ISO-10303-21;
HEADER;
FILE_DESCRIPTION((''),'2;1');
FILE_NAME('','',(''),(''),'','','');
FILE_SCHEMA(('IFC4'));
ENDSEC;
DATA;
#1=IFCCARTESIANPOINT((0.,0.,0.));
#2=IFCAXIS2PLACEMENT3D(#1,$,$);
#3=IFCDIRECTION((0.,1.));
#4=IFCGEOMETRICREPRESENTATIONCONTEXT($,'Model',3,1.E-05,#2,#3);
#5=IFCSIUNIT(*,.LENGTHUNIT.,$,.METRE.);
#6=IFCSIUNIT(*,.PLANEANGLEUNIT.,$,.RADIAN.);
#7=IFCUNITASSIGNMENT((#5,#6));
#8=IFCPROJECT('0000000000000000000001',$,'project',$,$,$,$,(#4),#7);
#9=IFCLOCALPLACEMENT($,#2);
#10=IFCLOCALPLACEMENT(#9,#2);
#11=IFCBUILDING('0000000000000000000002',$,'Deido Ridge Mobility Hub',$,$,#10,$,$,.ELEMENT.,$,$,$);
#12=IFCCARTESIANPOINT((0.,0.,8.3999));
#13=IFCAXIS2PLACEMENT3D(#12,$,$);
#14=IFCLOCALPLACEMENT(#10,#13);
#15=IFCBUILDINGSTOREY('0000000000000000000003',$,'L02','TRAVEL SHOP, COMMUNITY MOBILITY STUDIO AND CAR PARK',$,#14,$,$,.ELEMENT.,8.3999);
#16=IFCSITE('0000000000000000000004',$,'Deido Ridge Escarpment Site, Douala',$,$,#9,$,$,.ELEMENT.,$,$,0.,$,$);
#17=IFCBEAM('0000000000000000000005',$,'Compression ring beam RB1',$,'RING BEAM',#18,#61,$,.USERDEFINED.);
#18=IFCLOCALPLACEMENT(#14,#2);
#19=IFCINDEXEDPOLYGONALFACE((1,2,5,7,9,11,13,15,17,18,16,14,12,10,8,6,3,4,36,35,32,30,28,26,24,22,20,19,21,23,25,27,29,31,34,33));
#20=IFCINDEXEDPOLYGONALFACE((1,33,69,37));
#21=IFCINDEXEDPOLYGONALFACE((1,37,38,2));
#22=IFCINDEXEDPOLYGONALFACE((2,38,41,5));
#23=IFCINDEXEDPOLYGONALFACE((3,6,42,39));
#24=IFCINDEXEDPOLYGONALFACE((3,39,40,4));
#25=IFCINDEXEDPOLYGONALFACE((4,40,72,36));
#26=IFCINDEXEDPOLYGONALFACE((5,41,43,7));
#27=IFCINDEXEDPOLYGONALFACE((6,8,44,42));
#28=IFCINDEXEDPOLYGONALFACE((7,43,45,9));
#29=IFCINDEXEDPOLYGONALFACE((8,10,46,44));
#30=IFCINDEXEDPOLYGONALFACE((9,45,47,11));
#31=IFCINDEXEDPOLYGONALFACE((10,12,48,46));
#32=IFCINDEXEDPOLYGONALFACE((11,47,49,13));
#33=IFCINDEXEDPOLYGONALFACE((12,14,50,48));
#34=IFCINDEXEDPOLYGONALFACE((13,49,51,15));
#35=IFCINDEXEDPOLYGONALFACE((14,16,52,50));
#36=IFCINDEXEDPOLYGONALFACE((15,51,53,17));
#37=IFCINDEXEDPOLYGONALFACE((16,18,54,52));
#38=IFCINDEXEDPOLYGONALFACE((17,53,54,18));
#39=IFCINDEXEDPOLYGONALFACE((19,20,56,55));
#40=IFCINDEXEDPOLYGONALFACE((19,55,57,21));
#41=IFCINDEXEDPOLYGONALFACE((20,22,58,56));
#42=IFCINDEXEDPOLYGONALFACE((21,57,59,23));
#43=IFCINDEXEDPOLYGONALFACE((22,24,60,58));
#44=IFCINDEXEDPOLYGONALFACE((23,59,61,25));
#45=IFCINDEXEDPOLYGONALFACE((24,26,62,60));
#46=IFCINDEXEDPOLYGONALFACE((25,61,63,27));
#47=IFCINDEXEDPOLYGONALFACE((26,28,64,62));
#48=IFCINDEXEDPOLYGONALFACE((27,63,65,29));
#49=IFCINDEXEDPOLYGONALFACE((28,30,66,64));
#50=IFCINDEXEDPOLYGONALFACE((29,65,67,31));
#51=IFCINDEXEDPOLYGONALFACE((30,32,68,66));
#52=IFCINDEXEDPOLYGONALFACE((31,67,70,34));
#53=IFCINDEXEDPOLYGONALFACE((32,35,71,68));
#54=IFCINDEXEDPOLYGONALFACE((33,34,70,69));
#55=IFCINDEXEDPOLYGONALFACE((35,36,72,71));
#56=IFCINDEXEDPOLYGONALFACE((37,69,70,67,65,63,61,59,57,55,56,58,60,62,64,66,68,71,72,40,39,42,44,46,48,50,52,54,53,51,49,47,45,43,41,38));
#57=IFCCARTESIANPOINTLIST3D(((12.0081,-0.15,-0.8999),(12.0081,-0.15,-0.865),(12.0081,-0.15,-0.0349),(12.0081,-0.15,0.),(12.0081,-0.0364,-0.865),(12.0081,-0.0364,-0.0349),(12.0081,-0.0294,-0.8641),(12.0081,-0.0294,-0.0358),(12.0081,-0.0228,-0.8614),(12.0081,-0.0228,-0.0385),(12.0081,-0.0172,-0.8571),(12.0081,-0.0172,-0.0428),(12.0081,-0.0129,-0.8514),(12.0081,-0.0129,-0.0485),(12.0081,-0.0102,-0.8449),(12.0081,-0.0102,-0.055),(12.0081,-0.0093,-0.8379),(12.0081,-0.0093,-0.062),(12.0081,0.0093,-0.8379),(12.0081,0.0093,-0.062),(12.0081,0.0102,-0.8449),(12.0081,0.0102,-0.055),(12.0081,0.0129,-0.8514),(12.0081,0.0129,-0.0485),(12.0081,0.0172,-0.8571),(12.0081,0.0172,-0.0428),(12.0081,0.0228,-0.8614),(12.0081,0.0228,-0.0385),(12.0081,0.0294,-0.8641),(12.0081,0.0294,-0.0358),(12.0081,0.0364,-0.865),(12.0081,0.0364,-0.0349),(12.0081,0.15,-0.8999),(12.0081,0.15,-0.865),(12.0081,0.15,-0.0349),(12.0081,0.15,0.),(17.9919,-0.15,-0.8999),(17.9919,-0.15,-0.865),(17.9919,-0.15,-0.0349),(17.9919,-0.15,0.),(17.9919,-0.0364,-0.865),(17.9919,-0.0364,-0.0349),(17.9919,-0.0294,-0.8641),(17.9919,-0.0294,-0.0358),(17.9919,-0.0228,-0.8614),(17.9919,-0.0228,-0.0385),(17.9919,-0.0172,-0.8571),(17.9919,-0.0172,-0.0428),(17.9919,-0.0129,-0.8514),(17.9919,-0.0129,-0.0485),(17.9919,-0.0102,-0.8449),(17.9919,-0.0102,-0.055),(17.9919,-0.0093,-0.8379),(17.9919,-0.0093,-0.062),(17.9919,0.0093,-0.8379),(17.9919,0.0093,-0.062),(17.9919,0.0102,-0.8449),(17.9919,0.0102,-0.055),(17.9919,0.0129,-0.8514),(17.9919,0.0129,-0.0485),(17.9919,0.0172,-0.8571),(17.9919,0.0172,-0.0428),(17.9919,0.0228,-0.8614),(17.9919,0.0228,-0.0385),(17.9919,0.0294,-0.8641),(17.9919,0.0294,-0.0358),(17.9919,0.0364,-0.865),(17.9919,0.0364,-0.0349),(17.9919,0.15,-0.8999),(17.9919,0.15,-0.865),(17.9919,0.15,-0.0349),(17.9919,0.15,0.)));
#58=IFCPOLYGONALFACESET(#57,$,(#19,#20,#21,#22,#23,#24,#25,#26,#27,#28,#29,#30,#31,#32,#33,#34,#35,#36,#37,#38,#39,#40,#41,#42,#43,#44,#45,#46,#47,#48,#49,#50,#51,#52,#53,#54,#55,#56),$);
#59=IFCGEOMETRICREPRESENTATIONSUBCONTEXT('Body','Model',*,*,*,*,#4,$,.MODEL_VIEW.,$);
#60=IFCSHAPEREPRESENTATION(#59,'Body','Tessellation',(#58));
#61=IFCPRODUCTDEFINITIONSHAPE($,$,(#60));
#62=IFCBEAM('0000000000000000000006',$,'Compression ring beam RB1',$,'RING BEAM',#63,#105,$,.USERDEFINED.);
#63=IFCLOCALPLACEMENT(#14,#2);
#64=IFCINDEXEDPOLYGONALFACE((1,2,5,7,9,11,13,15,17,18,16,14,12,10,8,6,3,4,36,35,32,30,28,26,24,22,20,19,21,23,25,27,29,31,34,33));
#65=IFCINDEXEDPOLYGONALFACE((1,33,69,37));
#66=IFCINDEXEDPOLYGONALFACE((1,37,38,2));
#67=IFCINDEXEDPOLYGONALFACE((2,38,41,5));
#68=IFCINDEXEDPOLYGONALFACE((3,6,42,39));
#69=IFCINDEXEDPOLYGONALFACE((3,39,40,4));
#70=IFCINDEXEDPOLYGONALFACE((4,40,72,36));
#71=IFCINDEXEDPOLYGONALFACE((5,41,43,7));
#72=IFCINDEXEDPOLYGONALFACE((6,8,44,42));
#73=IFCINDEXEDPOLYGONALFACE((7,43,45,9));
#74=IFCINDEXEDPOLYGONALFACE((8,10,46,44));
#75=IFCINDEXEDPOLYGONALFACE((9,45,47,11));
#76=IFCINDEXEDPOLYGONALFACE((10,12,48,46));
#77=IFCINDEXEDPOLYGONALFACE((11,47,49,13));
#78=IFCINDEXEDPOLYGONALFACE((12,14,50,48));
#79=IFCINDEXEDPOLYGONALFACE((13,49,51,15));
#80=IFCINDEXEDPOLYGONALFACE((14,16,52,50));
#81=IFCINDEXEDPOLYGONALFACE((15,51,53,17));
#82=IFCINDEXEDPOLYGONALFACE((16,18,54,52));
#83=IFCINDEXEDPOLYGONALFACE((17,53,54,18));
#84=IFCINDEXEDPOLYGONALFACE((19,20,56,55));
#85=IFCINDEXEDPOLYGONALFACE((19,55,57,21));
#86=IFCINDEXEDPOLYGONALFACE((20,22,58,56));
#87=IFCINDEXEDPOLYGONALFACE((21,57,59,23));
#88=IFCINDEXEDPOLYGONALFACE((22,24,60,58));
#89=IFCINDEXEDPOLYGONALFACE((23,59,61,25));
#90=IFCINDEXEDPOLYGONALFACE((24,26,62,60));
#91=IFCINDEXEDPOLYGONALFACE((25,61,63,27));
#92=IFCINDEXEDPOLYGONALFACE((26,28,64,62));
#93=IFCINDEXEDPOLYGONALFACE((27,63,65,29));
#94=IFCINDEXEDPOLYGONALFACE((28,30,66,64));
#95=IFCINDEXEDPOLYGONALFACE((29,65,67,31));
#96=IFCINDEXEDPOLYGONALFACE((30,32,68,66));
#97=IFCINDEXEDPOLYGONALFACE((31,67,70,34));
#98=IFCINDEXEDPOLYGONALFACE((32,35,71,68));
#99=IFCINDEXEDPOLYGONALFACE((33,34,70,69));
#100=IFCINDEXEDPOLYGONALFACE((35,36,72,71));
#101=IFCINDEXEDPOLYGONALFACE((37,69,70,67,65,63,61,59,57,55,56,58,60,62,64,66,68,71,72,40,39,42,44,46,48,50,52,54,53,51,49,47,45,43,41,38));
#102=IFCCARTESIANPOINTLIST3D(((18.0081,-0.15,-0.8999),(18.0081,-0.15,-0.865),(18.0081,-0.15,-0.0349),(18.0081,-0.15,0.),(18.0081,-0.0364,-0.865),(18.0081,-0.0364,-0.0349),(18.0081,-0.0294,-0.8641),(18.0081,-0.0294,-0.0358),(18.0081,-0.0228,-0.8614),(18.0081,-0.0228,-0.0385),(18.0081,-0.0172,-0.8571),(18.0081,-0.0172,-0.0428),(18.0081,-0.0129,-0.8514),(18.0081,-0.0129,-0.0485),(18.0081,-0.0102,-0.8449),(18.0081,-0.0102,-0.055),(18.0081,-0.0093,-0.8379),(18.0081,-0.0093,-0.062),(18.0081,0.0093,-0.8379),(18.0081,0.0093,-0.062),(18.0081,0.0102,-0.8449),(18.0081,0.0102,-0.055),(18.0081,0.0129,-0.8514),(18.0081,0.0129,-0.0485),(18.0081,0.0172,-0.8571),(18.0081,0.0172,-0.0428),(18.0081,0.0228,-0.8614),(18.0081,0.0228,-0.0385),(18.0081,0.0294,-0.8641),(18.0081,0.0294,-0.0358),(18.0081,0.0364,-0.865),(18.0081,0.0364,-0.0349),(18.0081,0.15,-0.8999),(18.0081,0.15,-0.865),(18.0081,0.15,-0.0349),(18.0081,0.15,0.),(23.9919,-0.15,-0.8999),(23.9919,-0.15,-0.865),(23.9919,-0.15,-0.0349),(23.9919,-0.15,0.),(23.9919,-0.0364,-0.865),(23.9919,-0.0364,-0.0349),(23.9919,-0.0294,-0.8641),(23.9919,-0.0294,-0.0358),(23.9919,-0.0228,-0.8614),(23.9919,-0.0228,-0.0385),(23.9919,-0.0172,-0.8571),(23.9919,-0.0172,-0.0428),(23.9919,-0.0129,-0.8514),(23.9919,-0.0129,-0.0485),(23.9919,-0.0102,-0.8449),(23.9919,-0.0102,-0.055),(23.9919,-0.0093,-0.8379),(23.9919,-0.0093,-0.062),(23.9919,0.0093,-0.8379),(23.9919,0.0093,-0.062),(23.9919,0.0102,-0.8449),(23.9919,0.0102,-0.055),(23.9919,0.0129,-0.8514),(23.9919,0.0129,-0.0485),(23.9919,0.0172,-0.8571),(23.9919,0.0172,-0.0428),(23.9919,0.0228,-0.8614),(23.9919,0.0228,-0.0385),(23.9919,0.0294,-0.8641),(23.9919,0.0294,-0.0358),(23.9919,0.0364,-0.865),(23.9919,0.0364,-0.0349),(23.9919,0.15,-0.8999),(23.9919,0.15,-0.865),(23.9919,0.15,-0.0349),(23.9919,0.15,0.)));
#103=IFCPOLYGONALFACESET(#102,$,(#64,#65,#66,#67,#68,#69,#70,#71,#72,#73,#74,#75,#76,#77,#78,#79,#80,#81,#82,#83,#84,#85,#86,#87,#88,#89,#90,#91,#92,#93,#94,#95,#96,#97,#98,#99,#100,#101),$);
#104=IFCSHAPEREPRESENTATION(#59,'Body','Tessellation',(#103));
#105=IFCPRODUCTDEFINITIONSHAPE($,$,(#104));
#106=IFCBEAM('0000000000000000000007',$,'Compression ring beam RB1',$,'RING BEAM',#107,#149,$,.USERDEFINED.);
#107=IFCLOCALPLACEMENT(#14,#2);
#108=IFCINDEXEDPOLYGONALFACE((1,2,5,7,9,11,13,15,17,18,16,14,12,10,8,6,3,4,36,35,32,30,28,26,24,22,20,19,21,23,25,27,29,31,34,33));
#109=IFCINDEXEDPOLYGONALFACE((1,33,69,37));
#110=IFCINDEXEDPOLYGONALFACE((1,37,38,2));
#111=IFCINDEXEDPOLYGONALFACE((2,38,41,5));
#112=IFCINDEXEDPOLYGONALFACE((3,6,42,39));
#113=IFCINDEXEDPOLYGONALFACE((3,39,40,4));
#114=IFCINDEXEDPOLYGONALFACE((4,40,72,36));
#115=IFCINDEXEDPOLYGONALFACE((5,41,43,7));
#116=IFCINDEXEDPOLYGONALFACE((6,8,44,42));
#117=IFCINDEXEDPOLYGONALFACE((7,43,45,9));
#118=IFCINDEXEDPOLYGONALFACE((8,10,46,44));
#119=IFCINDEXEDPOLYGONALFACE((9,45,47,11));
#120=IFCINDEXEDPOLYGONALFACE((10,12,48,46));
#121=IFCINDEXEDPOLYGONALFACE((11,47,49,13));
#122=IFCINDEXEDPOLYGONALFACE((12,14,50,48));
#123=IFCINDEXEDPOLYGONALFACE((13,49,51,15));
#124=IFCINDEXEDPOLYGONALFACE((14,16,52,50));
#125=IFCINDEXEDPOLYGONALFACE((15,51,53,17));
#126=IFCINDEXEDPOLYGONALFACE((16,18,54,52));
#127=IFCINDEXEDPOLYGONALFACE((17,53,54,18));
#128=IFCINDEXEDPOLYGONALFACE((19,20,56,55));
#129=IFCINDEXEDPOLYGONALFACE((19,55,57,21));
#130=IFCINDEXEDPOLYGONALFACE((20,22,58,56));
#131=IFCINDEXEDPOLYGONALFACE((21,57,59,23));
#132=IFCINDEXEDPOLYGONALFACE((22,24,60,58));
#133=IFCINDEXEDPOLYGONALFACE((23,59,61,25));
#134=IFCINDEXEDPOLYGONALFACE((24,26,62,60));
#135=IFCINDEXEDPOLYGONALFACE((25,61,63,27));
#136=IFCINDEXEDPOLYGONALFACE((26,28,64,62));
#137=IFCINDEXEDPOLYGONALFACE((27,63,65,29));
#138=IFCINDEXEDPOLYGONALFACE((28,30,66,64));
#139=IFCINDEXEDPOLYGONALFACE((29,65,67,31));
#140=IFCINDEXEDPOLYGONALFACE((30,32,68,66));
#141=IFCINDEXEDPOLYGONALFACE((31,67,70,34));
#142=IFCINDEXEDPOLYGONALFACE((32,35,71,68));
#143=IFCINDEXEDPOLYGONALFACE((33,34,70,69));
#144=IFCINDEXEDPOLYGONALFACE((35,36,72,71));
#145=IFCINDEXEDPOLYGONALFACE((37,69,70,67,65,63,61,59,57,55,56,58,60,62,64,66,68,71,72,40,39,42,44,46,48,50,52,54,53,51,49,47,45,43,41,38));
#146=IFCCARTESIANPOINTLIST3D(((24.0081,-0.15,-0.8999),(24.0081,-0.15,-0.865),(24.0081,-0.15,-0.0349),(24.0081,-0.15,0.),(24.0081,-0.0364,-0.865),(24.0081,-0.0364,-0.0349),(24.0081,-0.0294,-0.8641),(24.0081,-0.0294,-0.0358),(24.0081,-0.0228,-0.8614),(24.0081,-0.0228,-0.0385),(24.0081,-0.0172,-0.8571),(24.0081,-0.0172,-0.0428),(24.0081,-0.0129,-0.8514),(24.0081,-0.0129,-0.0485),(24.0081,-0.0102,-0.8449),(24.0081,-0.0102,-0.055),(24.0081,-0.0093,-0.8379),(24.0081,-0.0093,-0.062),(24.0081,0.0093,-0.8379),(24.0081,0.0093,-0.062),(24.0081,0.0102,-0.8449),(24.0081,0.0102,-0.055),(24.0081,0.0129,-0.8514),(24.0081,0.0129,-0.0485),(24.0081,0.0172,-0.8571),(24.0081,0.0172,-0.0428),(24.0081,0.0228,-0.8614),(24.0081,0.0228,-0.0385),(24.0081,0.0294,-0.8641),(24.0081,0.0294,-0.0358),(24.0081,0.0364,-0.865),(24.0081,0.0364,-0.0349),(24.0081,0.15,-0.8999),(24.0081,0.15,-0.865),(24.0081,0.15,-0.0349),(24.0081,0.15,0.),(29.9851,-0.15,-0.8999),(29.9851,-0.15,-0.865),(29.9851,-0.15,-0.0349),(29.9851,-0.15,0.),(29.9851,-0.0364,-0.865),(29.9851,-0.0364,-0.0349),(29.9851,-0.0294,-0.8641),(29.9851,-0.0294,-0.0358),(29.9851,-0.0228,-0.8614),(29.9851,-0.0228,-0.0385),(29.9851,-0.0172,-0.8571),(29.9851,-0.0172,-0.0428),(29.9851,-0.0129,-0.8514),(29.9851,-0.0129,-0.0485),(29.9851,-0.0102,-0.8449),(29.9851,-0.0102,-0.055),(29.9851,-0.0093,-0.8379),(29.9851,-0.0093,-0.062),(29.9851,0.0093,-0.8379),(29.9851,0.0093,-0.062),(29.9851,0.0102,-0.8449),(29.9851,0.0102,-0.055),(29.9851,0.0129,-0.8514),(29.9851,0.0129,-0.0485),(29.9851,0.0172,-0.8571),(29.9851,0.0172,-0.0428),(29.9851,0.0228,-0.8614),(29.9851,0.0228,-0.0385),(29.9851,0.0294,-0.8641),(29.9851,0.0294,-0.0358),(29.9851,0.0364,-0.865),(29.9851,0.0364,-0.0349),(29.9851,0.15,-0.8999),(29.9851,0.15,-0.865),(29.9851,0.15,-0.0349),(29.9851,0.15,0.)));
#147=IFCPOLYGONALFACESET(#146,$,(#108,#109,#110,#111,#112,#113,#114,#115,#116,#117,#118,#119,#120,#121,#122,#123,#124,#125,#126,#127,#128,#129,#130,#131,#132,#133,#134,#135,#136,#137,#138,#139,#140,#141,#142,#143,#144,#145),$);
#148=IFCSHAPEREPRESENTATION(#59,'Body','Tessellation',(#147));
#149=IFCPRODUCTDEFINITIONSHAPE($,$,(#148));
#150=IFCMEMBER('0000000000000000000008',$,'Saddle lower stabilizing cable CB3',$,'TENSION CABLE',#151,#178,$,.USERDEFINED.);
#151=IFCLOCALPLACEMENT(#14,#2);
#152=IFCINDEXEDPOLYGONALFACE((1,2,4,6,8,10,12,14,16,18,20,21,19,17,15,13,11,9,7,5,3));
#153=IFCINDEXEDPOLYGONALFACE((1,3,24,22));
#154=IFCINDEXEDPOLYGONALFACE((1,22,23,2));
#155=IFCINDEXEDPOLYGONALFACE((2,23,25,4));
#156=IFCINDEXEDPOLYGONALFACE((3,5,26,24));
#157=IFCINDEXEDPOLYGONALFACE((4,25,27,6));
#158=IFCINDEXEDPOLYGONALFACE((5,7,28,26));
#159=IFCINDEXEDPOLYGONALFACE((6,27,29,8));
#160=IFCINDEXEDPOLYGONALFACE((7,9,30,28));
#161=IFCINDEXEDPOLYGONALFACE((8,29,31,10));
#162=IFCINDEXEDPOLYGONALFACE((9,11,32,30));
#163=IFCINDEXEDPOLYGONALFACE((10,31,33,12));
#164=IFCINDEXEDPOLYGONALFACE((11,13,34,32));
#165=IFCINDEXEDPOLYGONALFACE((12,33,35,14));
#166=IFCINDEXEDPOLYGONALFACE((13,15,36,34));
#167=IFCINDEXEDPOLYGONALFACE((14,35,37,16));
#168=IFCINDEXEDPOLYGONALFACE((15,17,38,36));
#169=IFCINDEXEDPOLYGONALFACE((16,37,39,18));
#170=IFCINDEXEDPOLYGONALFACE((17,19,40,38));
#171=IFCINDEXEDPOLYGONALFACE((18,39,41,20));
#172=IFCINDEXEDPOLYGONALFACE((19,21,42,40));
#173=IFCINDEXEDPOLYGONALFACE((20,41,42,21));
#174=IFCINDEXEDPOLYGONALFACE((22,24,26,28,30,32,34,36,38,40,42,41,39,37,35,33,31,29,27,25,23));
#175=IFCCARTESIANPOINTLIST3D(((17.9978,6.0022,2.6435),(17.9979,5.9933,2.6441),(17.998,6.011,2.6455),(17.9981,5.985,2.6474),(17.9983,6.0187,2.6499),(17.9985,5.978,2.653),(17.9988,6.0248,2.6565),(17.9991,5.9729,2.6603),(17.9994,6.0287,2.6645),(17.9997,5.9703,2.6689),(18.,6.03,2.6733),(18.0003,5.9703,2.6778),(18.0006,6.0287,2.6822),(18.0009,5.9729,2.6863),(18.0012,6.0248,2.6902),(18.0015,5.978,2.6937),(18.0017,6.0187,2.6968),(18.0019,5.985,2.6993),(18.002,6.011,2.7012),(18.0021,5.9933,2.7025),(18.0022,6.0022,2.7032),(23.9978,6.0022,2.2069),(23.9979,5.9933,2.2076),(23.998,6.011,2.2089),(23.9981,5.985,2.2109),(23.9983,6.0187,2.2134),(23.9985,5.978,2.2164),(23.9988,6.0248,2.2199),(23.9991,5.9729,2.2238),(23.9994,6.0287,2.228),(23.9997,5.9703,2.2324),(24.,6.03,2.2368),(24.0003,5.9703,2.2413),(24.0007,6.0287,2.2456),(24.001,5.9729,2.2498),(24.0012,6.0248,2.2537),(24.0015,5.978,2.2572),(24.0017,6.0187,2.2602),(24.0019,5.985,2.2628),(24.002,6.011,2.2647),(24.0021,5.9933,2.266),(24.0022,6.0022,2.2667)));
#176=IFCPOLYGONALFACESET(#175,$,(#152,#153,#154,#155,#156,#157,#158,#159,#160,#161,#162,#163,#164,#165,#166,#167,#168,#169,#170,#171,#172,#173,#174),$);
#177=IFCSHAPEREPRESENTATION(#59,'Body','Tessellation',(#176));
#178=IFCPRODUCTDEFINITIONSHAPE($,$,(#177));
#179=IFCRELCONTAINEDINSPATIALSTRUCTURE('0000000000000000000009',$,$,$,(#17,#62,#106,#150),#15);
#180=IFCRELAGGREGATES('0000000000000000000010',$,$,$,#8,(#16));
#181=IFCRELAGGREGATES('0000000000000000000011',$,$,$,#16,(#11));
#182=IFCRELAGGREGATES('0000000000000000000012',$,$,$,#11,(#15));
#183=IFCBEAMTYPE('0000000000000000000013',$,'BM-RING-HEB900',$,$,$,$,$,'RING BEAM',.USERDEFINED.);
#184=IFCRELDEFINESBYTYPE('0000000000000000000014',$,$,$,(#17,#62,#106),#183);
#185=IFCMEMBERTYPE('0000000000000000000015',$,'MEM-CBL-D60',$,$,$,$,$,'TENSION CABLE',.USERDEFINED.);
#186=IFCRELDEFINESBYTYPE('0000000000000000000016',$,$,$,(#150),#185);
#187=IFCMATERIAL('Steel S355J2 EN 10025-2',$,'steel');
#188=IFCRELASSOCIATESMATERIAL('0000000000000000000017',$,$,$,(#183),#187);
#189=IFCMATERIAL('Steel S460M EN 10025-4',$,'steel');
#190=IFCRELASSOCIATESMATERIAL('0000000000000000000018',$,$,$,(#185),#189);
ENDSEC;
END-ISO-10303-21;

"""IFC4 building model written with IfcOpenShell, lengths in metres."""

from ifc_helpers import new_model, si_unit, direction, frame, origin, origin_2d, place, context, subcontext, project, spatial, circle, i_section, extrude, material, material_profile, profile_set, type_object, element, save


model = new_model("IFC4")

# Units and contexts
model_context = context("Model", 3, precision=1e-05, world=origin(), true_north=direction((0.0, 1.0)))
body_context = subcontext(model_context, "Body", "Model", "MODEL_VIEW")
ifc_project = project(units=[si_unit("LENGTHUNIT", "METRE"), si_unit("PLANEANGLEUNIT", "RADIAN")], contexts=[model_context])

# Site, building, storey
site_placement = place(None, origin())
site = spatial("IfcSite", under=ifc_project, at=site_placement, Name="Deido Ridge Escarpment Site, Douala", CompositionType="ELEMENT", RefElevation=0.0)
building_placement = place(site_placement, origin())
building = spatial("IfcBuilding", under=site, at=building_placement, Name="Deido Ridge Mobility Hub", CompositionType="ELEMENT")
storey_placement = place(building_placement, frame((0.0, 0.0, 8.3999)))
storey = spatial("IfcBuildingStorey", under=building, at=storey_placement, Name="L02", Description="TRAVEL SHOP, COMMUNITY MOBILITY STUDIO AND CAR PARK", CompositionType="ELEMENT", Elevation=8.3999)

# Beams
ifc_material_1 = material(Name="Steel S355J2 EN 10025-2", Category="steel")
ifc_material_profile_1 = material_profile(ifc_material_1, i_section(OverallWidth=0.3, OverallDepth=0.8999, WebThickness=0.0186, FlangeThickness=0.0349, FilletRadius=0.0271, at=origin_2d()), Name="HEB 900")
ifc_profile_set_1 = profile_set([ifc_material_profile_1], Name="Steel S355J2 EN 10025-2")
beam_type_1 = type_object("IfcBeamType", Name="BM-RING-HEB900", ElementType="RING BEAM", PredefinedType="USERDEFINED", material=ifc_profile_set_1)
for number, where, z_axis, x_axis, name in (
    (1, (12.0081, 0.0, -0.45), (1.0, 0.0, 0.0), (0.0, 1.0, 0.0), "Compression ring beam RB1"),
    (2, (18.0081, 0.0, -0.45), (1.0, 0.0, 0.0), (0.0, 1.0, 0.0), "Compression ring beam RB1"),
):
    element("IfcBeam", number, at=place(storey_placement, frame(where, z_axis=z_axis, x_axis=x_axis)), inside=storey, type_object=beam_type_1, Name=name, ObjectType="RING BEAM", PredefinedType="USERDEFINED", context=body_context, shape_type="SweptSolid", body=[
        extrude(i_section(OverallWidth=0.3, OverallDepth=0.8999, WebThickness=0.0186, FlangeThickness=0.0349, FilletRadius=0.0271, at=origin_2d()), origin(), (0.0, 0.0, 1.0), 5.9839),
    ])
beam_placement = place(storey_placement, frame((24.0081, 0.0, -0.45), z_axis=(1.0, 0.0, 0.0), x_axis=(0.0, 1.0, 0.0)))
element("IfcBeam", 3, at=beam_placement, inside=storey, type_object=beam_type_1, Name="Compression ring beam RB1", ObjectType="RING BEAM", PredefinedType="USERDEFINED", context=body_context, shape_type="SweptSolid", body=[
    extrude(i_section(OverallWidth=0.3, OverallDepth=0.8999, WebThickness=0.0186, FlangeThickness=0.0349, FilletRadius=0.0271, at=origin_2d()), origin(), (0.0, 0.0, 1.0), 5.9771),
])

# Member
ifc_material_2 = material(Name="Steel S460M EN 10025-4", Category="steel")
ifc_material_profile_2 = material_profile(ifc_material_2, circle(Radius=0.03, at=origin_2d()), Name="CABLE D60")
ifc_profile_set_2 = profile_set([ifc_material_profile_2], Name="Steel S460M EN 10025-4")
member_type_1 = type_object("IfcMemberType", Name="MEM-CBL-D60", ElementType="TENSION CABLE", PredefinedType="USERDEFINED", material=ifc_profile_set_2)
for number, where, z_axis, x_axis, name in (
    (4, (18.0, 6.0, 2.6733), (0.997364, 0.0, -0.072562), (0.0, 1.0, 0.0), "Saddle lower stabilizing cable CB3"),
):
    element("IfcMember", number, at=place(storey_placement, frame(where, z_axis=z_axis, x_axis=x_axis)), inside=storey, type_object=member_type_1, Name=name, ObjectType="TENSION CABLE", PredefinedType="USERDEFINED", context=body_context, shape_type="SweptSolid", body=[
        extrude(circle(Radius=0.03, at=origin_2d()), origin(), (0.0, 0.0, 1.0), 6.0159),
    ])

save(model, "model.ifc")
